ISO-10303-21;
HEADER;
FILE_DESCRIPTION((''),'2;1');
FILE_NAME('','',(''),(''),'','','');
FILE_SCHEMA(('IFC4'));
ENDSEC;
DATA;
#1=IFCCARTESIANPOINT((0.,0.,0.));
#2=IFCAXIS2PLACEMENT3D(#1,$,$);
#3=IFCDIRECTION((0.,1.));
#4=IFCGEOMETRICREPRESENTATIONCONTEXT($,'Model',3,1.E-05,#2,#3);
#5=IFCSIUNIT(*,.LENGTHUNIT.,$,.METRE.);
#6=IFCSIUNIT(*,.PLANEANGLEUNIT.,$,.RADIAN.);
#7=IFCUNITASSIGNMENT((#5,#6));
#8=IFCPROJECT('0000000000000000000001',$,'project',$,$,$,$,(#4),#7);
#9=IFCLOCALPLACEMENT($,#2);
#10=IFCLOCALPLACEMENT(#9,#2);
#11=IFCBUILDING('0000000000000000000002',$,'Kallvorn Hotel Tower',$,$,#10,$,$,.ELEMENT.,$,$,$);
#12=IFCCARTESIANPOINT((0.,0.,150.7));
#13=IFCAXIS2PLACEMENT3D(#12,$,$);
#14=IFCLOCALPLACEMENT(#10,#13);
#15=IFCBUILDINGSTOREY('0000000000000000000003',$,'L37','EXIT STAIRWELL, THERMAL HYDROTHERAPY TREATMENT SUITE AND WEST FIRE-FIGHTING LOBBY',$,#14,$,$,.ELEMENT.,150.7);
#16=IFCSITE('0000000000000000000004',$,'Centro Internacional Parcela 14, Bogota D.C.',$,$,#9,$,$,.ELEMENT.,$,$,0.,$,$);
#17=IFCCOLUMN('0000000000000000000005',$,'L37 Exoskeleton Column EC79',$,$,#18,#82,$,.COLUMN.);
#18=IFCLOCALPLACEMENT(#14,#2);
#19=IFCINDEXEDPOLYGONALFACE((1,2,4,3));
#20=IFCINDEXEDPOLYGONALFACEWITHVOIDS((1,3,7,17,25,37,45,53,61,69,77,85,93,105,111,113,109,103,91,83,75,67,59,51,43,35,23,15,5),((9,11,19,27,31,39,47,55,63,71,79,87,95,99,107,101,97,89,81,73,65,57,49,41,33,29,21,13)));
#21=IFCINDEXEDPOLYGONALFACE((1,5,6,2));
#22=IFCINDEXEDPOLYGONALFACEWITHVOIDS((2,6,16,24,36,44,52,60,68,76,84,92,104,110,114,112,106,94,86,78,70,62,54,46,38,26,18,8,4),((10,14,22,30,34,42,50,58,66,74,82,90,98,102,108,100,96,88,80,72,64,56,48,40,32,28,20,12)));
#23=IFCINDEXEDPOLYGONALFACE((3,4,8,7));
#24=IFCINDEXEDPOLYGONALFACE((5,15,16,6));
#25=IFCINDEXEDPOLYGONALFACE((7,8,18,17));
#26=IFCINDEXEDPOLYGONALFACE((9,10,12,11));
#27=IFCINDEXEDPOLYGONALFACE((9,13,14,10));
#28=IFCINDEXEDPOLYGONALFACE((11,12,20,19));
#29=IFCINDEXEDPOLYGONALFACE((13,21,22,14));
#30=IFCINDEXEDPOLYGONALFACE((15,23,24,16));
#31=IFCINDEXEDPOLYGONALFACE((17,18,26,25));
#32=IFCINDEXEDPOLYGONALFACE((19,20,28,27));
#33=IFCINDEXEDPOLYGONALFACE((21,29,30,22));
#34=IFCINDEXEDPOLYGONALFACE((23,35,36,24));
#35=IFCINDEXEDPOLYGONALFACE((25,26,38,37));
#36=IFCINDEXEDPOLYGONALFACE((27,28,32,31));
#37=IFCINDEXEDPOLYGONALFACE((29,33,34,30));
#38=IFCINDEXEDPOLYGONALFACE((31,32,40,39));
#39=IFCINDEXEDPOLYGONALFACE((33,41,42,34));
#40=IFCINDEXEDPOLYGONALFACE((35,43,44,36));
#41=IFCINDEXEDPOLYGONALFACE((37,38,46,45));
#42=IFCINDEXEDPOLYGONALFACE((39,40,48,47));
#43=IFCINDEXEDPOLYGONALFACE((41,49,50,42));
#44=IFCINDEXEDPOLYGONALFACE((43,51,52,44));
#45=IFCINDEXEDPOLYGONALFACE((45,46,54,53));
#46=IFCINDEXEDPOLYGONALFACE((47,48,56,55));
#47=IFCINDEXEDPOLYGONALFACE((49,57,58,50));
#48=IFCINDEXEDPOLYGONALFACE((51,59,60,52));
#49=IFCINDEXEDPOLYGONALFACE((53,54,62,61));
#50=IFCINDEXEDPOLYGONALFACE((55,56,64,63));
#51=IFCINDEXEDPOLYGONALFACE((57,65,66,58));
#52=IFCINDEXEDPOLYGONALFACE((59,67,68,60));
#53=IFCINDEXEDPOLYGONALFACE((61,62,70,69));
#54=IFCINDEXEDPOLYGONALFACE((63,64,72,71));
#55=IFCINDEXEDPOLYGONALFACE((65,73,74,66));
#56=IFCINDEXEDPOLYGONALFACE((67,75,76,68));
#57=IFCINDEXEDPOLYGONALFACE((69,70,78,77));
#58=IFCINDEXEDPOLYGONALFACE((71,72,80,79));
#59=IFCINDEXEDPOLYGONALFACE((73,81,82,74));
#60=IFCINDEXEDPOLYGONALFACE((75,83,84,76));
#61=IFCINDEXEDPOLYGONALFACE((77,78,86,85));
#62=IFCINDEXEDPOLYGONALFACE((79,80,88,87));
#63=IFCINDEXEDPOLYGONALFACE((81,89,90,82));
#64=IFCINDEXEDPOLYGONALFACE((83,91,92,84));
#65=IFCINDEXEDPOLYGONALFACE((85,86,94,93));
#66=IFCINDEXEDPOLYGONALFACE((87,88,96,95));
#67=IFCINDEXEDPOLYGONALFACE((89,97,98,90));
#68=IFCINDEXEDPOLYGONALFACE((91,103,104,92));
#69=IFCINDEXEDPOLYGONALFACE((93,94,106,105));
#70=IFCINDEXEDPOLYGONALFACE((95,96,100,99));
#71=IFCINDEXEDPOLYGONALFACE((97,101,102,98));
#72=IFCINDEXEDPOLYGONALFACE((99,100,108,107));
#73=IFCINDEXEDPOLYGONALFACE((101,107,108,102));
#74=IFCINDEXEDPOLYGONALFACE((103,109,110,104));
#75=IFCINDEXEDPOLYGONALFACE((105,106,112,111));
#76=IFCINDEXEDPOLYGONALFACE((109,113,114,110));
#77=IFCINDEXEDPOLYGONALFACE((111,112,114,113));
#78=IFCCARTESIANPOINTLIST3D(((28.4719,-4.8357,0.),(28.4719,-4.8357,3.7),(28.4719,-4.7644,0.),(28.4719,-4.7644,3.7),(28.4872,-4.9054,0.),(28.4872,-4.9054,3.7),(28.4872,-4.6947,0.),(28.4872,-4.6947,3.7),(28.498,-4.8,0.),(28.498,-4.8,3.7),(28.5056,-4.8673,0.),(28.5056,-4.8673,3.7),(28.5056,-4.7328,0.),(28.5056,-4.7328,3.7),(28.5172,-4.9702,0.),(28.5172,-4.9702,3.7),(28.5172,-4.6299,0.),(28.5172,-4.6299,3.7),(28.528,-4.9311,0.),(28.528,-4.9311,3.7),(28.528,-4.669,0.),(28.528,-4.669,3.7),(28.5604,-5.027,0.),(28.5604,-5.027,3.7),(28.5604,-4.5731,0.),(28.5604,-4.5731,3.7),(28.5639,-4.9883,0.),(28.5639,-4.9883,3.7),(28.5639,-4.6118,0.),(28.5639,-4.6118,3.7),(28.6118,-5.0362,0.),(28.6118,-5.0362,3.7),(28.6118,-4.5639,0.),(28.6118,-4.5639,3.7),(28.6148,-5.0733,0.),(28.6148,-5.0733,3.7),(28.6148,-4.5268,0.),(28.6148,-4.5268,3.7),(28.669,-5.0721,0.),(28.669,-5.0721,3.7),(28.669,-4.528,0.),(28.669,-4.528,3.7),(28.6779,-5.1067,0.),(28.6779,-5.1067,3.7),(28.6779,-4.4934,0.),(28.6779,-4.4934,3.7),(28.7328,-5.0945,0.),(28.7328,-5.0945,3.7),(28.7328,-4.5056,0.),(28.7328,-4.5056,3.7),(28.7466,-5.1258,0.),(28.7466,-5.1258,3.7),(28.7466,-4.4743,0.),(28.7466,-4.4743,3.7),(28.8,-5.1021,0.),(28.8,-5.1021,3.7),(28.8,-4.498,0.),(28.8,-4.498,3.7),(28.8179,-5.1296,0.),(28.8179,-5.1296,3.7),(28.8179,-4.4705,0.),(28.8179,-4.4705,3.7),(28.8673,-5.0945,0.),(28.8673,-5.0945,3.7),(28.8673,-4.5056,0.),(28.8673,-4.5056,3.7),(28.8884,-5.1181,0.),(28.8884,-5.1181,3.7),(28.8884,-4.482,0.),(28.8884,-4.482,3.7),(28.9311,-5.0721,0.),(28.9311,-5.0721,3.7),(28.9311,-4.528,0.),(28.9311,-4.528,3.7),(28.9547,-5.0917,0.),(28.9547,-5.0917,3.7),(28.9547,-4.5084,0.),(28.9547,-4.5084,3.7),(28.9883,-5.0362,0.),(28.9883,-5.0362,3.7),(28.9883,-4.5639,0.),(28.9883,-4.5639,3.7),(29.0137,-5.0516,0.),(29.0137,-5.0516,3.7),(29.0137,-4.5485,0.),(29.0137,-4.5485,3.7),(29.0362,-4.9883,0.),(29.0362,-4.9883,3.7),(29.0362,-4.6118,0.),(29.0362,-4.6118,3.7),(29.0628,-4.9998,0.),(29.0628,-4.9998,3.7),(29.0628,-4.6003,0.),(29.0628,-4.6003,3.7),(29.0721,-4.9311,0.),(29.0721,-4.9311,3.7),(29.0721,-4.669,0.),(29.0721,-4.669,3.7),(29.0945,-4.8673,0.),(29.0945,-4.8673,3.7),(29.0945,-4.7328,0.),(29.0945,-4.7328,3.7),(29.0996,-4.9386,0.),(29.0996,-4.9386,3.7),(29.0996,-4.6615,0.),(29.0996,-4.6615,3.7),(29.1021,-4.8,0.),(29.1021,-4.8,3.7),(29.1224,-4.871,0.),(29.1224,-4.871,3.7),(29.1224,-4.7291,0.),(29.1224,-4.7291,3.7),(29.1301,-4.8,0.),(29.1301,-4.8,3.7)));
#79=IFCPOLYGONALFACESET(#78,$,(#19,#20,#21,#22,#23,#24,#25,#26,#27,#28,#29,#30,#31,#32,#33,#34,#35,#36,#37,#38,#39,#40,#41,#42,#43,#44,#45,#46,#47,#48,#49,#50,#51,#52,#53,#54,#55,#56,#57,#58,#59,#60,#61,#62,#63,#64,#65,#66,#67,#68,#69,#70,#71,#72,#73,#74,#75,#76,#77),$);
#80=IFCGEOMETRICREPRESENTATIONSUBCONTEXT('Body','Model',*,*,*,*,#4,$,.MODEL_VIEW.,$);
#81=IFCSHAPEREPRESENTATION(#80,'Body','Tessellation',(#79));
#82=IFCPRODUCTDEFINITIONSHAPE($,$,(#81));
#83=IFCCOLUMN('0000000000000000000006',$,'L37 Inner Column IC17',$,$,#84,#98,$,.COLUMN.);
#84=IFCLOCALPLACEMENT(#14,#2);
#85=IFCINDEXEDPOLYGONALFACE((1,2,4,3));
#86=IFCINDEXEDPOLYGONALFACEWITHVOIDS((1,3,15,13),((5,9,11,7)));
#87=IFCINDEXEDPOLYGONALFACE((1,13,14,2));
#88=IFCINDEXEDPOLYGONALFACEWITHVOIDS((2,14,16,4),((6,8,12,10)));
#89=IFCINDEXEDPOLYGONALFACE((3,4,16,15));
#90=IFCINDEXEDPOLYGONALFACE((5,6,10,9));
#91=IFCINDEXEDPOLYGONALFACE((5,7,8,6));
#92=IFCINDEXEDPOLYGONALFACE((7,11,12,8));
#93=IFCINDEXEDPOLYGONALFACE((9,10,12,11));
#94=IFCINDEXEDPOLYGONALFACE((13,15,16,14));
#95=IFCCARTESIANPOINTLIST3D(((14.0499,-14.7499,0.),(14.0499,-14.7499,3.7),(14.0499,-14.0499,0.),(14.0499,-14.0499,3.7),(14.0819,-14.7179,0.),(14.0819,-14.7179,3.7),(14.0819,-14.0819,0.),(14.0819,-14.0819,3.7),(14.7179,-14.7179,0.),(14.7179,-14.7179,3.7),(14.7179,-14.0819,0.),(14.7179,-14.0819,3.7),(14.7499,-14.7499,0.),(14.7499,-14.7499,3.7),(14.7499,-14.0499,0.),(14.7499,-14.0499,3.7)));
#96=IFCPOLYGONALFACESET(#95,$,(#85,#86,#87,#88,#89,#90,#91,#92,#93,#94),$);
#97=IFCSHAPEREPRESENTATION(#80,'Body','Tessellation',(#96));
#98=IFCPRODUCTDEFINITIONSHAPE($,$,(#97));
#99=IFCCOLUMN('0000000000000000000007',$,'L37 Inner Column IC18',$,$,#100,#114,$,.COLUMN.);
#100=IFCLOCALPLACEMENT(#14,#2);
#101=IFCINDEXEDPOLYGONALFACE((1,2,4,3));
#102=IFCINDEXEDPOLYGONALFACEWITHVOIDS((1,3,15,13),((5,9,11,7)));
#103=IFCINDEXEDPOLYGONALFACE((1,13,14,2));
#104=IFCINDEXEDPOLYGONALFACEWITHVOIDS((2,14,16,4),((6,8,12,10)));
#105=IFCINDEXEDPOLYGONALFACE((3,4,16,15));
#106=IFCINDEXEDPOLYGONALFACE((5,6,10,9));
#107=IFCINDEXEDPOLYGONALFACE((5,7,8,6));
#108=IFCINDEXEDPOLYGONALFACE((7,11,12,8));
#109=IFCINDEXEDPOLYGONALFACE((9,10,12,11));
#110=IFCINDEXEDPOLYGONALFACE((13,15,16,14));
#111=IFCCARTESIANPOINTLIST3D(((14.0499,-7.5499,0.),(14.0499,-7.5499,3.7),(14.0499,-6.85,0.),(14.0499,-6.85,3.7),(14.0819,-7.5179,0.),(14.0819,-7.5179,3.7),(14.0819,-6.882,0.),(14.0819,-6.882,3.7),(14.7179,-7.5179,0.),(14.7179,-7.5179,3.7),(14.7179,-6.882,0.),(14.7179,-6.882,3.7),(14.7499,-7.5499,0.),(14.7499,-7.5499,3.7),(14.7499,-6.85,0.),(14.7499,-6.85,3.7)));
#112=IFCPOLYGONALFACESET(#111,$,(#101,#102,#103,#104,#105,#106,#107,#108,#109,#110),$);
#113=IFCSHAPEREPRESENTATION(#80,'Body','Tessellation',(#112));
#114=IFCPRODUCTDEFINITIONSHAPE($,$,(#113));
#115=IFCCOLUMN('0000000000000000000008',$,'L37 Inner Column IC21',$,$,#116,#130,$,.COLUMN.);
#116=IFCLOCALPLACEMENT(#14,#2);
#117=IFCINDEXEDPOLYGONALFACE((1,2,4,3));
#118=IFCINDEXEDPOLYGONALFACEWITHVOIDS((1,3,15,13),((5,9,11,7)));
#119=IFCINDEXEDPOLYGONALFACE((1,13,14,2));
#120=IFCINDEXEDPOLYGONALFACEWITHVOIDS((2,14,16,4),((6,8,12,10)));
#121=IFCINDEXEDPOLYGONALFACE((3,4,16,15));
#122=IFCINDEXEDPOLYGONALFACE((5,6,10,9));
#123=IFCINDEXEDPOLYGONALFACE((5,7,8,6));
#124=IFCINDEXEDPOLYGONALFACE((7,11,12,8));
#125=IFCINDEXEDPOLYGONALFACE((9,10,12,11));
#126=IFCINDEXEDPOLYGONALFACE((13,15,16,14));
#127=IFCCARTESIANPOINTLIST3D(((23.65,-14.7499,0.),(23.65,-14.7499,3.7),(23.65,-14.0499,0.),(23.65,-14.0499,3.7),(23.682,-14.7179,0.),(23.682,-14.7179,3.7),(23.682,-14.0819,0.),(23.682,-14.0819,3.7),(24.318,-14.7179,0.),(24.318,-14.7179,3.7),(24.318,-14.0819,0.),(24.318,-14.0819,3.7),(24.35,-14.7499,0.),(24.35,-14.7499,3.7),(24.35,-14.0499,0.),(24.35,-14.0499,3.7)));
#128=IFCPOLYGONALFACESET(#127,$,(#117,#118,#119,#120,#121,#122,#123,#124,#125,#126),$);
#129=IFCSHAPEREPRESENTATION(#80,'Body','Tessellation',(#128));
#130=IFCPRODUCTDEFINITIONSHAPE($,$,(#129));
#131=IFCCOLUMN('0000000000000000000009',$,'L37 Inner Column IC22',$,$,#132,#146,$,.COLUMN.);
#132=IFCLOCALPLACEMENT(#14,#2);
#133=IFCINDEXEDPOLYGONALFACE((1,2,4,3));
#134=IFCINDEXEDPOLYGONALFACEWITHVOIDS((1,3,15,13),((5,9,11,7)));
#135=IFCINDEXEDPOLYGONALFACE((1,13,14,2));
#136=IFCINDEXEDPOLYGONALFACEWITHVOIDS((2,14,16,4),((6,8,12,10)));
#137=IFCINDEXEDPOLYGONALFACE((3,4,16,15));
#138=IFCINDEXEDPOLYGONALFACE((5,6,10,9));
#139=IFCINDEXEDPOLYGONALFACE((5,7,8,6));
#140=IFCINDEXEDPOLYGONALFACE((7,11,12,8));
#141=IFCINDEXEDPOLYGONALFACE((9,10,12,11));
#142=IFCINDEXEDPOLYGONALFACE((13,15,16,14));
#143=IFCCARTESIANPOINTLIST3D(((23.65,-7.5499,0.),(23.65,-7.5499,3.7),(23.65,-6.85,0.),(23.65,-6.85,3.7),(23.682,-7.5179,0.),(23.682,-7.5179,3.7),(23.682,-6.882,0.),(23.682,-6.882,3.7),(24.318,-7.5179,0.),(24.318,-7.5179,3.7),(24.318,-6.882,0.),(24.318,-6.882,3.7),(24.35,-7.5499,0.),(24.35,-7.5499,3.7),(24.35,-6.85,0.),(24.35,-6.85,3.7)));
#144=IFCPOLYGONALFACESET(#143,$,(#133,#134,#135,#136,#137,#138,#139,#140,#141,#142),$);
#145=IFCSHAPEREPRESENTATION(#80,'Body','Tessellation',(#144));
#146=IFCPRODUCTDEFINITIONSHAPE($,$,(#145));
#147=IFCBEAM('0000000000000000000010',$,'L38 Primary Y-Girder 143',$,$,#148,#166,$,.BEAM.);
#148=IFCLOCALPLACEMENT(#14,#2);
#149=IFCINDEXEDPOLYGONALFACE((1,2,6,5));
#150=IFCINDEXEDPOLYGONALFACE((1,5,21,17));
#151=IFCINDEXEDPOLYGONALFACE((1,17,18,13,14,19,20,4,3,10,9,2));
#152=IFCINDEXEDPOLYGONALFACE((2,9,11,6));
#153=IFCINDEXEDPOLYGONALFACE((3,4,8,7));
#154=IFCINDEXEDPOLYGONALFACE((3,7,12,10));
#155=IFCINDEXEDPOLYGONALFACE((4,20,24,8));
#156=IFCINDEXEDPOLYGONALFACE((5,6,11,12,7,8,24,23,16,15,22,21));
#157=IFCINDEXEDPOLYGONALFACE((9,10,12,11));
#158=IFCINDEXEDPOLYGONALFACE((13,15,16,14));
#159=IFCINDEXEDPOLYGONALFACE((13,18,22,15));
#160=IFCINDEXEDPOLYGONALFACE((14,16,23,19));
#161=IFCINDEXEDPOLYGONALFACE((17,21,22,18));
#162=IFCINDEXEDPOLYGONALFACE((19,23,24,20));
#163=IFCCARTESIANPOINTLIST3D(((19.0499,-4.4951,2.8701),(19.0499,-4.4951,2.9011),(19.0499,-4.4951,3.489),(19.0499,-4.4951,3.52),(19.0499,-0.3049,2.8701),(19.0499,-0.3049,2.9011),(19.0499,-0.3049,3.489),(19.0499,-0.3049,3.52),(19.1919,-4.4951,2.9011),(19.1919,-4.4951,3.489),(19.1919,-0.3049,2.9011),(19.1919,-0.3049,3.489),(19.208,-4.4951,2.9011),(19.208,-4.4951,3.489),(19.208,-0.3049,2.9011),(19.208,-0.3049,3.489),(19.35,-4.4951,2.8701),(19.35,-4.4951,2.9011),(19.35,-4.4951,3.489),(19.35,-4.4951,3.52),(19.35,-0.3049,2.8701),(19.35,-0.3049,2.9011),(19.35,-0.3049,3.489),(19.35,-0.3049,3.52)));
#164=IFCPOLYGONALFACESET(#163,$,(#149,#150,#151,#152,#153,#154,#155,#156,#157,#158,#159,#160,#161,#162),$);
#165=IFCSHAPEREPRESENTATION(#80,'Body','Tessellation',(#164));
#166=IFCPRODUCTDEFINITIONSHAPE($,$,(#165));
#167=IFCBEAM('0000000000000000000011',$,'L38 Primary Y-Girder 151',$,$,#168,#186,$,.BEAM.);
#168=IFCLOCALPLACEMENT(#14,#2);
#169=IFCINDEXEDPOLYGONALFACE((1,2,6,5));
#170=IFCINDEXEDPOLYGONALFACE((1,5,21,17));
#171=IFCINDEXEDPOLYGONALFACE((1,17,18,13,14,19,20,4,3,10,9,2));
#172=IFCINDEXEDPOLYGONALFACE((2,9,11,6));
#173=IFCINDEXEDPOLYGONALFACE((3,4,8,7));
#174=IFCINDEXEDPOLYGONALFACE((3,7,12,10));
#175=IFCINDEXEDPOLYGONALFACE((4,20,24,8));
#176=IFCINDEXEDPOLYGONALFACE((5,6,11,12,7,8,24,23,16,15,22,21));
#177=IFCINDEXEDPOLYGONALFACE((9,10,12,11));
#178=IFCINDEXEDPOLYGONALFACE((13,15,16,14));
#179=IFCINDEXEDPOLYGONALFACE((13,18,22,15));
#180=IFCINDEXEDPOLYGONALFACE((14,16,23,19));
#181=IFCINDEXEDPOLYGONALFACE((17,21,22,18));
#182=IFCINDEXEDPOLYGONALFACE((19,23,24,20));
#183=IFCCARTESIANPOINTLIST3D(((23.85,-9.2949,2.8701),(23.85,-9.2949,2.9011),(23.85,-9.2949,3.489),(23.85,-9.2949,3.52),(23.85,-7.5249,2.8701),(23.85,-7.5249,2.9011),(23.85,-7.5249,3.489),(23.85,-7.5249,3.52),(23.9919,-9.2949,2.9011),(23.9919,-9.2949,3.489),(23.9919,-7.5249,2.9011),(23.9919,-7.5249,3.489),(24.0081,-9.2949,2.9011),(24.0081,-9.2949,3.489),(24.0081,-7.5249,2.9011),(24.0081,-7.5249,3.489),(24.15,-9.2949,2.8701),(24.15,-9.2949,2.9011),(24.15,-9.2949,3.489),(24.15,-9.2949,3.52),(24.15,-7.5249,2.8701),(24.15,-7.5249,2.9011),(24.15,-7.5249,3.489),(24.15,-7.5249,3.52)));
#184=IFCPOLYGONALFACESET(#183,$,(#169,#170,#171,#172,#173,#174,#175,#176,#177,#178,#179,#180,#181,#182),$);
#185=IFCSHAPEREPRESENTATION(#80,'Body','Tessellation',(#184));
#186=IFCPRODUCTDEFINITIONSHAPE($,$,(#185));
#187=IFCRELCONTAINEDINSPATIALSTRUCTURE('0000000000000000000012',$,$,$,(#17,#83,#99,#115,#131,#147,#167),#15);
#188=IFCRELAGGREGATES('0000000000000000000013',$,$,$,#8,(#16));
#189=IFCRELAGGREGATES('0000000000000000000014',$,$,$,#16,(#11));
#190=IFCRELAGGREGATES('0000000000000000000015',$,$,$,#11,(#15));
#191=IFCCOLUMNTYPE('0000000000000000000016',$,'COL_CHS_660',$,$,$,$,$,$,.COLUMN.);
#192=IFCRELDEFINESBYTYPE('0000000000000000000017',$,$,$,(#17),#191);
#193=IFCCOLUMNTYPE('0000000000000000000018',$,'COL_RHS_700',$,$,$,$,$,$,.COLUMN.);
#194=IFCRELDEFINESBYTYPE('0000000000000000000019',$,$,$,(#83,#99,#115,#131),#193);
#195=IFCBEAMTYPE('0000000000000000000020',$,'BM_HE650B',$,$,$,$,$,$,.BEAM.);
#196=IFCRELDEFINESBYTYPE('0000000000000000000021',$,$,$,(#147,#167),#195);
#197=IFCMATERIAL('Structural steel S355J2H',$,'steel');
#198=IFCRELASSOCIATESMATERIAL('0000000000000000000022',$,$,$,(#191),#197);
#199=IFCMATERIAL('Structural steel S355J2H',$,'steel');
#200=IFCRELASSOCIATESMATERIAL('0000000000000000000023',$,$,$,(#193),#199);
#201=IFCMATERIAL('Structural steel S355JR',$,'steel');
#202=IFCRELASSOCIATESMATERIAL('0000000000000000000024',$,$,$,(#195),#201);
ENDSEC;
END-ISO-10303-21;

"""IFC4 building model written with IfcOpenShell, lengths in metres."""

from ifc_helpers import new_model, si_unit, direction, frame, origin, origin_2d, place, context, subcontext, project, spatial, hollow_rectangle, hollow_circle, i_section, extrude, material, material_profile, profile_set, type_object, element, save


model = new_model("IFC4")

# Units and contexts
model_context = context("Model", 3, precision=1e-05, world=origin(), true_north=direction((0.0, 1.0)))
body_context = subcontext(model_context, "Body", "Model", "MODEL_VIEW")
ifc_project = project(units=[si_unit("LENGTHUNIT", "METRE"), si_unit("PLANEANGLEUNIT", "RADIAN")], contexts=[model_context])

# Site, building, storey
site_placement = place(None, origin())
site = spatial("IfcSite", under=ifc_project, at=site_placement, Name="Centro Internacional Parcela 14, Bogota D.C.", CompositionType="ELEMENT", RefElevation=0.0)
building_placement = place(site_placement, origin())
building = spatial("IfcBuilding", under=site, at=building_placement, Name="Kallvorn Hotel Tower", CompositionType="ELEMENT")
storey_placement = place(building_placement, frame((0.0, 0.0, 150.7)))
storey = spatial("IfcBuildingStorey", under=building, at=storey_placement, Name="L37", Description="EXIT STAIRWELL, THERMAL HYDROTHERAPY TREATMENT SUITE AND WEST FIRE-FIGHTING LOBBY", CompositionType="ELEMENT", Elevation=150.7)

# Columns
ifc_material_1 = material(Name="Structural steel S355J2H", Category="steel")
ifc_material_profile_1 = material_profile(ifc_material_1, hollow_circle(Radius=0.3301, WallThickness=0.0281, at=origin_2d()), Name="CHS 660x28")
ifc_profile_set_1 = profile_set([ifc_material_profile_1], Name="Structural steel S355J2H")
column_type_1 = type_object("IfcColumnType", Name="COL_CHS_660", PredefinedType="COLUMN", material=ifc_profile_set_1)
for number, where, z_axis, x_axis, name in (
    (1, (28.8, -4.8, 0.0), (0.0, 0.0, 1.0), (1.0, 0.0, 0.0), "L37 Exoskeleton Column EC79"),
):
    element("IfcColumn", number, at=place(storey_placement, frame(where, z_axis=z_axis, x_axis=x_axis)), inside=storey, type_object=column_type_1, Name=name, PredefinedType="COLUMN", context=body_context, shape_type="SweptSolid", body=[
        extrude(hollow_circle(Radius=0.3301, WallThickness=0.0281, at=origin_2d()), origin(), (0.0, 0.0, 1.0), 3.7),
    ])
ifc_material_2 = material(Name="Structural steel S355J2H", Category="steel")
ifc_material_profile_2 = material_profile(ifc_material_2, hollow_rectangle(XDim=0.7, YDim=0.7, WallThickness=0.032, at=origin_2d()), Name="RHS 700x700x32")
ifc_profile_set_2 = profile_set([ifc_material_profile_2], Name="Structural steel S355J2H")
column_type_2 = type_object("IfcColumnType", Name="COL_RHS_700", PredefinedType="COLUMN", material=ifc_profile_set_2)
for number, where, z_axis, x_axis, name in (
    (2, (14.3999, -14.3999, 0.0), (0.0, 0.0, 1.0), (1.0, 0.0, 0.0), "L37 Inner Column IC17"),
    (3, (14.3999, -7.2, 0.0), (0.0, 0.0, 1.0), (1.0, 0.0, 0.0), "L37 Inner Column IC18"),
    (4, (24.0, -14.3999, 0.0), (0.0, 0.0, 1.0), (1.0, 0.0, 0.0), "L37 Inner Column IC21"),
    (5, (24.0, -7.2, 0.0), (0.0, 0.0, 1.0), (1.0, 0.0, 0.0), "L37 Inner Column IC22"),
):
    element("IfcColumn", number, at=place(storey_placement, frame(where, z_axis=z_axis, x_axis=x_axis)), inside=storey, type_object=column_type_2, Name=name, PredefinedType="COLUMN", context=body_context, shape_type="SweptSolid", body=[
        extrude(hollow_rectangle(XDim=0.7, YDim=0.7, WallThickness=0.032, at=origin_2d()), origin(), (0.0, 0.0, 1.0), 3.7),
    ])

# Beams
ifc_material_3 = material(Name="Structural steel S355JR", Category="steel")
ifc_material_profile_3 = material_profile(ifc_material_3, i_section(OverallWidth=0.3, OverallDepth=0.6499, WebThickness=0.0161, FlangeThickness=0.031, at=origin_2d()), Name="HE 650 B")
ifc_profile_set_3 = profile_set([ifc_material_profile_3], Name="Structural steel S355JR")
beam_type_1 = type_object("IfcBeamType", Name="BM_HE650B", PredefinedType="BEAM", material=ifc_profile_set_3)
beam_1_placement = place(storey_placement, frame((19.2, -4.4951, 3.1951), z_axis=(0.0, 1.0, 0.0), x_axis=(-1.0, 0.0, 0.0)))
element("IfcBeam", 6, at=beam_1_placement, inside=storey, type_object=beam_type_1, Name="L38 Primary Y-Girder 143", PredefinedType="BEAM", context=body_context, shape_type="SweptSolid", body=[
    extrude(i_section(OverallWidth=0.3, OverallDepth=0.6499, WebThickness=0.0161, FlangeThickness=0.031, at=origin_2d()), origin(), (0.0, 0.0, 1.0), 4.1902),
])
beam_2_placement = place(storey_placement, frame((24.0, -9.2949, 3.1951), z_axis=(0.0, 1.0, 0.0), x_axis=(-1.0, 0.0, 0.0)))
element("IfcBeam", 7, at=beam_2_placement, inside=storey, type_object=beam_type_1, Name="L38 Primary Y-Girder 151", PredefinedType="BEAM", context=body_context, shape_type="SweptSolid", body=[
    extrude(i_section(OverallWidth=0.3, OverallDepth=0.6499, WebThickness=0.0161, FlangeThickness=0.031, at=origin_2d()), origin(), (0.0, 0.0, 1.0), 1.77),
])

save(model, "model.ifc")
